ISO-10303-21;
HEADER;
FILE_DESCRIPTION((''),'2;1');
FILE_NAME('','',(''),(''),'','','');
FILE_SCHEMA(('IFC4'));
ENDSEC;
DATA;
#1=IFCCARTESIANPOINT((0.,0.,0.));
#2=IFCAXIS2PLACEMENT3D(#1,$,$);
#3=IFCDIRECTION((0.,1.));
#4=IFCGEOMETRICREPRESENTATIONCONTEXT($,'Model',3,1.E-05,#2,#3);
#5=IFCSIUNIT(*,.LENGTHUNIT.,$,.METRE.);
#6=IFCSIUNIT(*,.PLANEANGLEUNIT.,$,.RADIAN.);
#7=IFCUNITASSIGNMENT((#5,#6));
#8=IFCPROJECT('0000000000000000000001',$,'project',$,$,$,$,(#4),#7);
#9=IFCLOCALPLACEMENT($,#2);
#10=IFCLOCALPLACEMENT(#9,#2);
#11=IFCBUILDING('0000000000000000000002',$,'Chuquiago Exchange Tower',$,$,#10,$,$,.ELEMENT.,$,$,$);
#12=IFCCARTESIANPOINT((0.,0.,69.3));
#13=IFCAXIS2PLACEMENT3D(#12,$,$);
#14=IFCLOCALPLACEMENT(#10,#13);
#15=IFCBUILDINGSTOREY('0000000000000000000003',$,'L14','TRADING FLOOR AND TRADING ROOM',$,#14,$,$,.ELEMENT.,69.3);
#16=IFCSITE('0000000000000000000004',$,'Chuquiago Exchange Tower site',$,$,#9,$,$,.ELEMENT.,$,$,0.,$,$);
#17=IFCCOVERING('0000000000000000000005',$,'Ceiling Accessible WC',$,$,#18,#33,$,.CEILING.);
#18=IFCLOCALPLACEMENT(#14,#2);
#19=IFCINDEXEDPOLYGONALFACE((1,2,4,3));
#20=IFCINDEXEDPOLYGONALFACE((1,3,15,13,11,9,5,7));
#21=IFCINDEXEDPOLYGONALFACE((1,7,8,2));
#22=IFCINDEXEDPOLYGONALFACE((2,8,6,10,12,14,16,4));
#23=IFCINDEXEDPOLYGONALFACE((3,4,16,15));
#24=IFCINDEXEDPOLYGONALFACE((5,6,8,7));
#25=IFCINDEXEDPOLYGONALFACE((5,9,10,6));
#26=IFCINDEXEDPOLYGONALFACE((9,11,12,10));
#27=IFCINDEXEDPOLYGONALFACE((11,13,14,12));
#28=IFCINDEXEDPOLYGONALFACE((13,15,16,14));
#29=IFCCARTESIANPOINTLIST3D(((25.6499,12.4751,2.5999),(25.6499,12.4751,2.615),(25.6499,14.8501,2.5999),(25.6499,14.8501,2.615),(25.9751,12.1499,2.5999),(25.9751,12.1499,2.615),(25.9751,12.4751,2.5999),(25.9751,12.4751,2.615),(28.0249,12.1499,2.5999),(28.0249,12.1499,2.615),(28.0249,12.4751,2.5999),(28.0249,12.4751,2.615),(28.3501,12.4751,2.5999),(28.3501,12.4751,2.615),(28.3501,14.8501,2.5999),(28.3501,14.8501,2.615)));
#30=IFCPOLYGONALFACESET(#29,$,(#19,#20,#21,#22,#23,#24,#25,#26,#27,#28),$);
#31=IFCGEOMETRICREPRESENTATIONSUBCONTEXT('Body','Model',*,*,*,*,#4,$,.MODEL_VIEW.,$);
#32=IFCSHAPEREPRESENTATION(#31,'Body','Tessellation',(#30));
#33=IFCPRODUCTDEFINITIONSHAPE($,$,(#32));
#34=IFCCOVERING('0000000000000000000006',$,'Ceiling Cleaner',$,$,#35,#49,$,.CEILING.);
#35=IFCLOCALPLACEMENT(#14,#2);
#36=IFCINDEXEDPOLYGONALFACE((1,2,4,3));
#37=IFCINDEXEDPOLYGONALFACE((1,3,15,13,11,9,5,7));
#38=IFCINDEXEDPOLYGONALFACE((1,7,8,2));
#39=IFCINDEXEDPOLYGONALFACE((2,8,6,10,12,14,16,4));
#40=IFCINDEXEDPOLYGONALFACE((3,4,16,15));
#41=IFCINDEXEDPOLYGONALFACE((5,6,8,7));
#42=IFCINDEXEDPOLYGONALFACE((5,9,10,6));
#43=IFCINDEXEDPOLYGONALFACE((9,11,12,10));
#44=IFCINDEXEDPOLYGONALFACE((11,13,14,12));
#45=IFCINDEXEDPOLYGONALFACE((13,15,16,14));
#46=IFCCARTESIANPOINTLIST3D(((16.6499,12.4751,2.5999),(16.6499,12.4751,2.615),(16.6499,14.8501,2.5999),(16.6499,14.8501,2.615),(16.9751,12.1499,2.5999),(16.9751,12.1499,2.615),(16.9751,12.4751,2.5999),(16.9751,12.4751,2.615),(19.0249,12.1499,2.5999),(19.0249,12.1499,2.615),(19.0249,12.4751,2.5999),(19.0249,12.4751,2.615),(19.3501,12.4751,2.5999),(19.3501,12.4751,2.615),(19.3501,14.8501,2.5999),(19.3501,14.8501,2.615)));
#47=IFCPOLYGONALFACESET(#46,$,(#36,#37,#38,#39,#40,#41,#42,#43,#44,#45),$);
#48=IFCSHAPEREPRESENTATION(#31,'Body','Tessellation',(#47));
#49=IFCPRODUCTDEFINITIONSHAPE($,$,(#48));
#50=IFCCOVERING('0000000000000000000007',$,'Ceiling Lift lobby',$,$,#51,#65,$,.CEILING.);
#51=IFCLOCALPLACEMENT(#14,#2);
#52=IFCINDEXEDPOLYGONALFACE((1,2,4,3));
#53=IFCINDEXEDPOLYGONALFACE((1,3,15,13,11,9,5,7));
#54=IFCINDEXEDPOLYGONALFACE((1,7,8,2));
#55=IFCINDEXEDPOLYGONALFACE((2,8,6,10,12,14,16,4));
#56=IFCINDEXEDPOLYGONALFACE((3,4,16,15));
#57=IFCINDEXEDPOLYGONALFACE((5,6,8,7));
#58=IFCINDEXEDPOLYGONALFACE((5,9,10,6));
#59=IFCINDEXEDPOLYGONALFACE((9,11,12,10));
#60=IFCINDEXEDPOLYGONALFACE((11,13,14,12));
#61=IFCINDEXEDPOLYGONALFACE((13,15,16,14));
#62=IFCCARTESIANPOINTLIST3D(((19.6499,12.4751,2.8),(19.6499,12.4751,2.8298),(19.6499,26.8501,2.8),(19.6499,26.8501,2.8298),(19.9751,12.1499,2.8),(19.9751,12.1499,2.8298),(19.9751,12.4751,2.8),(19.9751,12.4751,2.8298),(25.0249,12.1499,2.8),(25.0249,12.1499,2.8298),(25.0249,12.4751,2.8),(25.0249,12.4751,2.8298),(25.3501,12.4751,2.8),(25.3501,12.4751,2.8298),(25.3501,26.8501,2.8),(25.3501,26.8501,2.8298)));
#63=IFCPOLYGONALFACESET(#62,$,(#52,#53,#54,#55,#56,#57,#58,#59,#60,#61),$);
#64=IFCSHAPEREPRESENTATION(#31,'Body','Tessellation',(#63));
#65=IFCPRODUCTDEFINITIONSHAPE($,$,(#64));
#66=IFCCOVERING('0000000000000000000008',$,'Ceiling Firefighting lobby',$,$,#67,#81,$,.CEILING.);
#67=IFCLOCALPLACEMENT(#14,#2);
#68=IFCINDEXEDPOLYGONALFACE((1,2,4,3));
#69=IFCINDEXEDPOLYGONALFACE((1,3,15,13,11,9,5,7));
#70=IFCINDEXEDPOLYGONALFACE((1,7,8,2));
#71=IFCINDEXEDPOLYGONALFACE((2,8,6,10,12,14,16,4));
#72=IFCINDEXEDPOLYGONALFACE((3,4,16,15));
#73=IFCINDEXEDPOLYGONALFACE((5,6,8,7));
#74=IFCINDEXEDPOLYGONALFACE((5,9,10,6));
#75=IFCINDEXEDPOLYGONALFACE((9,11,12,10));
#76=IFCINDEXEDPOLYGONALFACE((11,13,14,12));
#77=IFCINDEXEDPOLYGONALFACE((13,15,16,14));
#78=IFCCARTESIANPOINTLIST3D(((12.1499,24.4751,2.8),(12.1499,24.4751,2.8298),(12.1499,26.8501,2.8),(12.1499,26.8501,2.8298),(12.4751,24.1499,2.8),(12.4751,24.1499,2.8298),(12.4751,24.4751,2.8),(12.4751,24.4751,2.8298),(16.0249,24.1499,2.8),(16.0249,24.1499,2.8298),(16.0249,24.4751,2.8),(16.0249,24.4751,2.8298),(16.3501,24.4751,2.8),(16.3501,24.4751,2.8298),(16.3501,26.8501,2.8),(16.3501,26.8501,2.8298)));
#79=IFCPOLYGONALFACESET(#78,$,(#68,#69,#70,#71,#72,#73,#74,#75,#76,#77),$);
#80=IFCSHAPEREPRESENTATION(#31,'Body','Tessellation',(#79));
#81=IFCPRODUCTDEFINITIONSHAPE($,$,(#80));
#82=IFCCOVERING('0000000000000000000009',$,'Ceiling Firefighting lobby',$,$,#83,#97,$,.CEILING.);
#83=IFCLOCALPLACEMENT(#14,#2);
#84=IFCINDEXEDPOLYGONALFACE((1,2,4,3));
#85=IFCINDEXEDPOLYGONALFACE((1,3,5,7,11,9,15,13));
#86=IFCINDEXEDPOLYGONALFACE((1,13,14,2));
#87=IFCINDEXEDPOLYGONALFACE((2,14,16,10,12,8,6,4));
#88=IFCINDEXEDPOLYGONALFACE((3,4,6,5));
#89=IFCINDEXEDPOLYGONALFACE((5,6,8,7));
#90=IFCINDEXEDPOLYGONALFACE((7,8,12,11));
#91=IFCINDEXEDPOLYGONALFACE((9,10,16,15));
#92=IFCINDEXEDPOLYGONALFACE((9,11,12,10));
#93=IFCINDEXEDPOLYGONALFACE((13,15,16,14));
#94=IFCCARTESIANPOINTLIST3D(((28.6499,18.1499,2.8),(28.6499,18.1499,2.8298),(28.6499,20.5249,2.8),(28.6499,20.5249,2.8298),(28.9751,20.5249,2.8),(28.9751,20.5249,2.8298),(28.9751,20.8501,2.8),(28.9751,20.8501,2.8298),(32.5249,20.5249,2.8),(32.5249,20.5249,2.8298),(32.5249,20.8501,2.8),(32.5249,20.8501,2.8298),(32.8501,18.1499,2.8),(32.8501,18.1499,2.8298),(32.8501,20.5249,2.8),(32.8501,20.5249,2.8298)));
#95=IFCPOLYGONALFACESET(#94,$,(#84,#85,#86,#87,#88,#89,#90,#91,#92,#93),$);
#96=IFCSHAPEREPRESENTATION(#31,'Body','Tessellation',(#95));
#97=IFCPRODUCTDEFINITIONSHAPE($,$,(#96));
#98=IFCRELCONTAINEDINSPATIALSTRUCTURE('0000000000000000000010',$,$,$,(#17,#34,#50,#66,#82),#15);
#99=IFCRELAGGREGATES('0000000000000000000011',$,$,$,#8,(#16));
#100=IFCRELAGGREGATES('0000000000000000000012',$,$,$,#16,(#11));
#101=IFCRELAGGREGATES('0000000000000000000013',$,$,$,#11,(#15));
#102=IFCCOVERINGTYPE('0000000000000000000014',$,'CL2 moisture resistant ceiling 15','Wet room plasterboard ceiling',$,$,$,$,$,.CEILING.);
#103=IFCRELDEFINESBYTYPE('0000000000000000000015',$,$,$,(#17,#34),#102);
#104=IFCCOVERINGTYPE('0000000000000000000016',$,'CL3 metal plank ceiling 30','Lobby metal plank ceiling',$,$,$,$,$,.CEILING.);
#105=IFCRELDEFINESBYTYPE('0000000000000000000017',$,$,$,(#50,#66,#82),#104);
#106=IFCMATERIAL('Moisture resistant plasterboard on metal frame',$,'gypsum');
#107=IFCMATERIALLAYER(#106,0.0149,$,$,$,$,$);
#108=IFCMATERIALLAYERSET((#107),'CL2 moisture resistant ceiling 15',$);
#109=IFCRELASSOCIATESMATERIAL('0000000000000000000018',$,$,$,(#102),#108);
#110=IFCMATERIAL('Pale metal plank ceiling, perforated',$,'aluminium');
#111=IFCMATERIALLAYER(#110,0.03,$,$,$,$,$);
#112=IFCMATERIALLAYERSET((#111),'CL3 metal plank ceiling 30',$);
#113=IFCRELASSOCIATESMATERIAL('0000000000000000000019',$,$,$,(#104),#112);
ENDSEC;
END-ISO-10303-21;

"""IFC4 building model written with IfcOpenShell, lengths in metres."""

from ifc_helpers import new_model, si_unit, direction, frame, origin, place, context, subcontext, project, spatial, polyline, outline, extrude, material, layer, layer_set, type_object, element, save


model = new_model("IFC4")

# Units and contexts
model_context = context("Model", 3, precision=1e-05, world=origin(), true_north=direction((0.0, 1.0)))
body_context = subcontext(model_context, "Body", "Model", "MODEL_VIEW")
ifc_project = project(units=[si_unit("LENGTHUNIT", "METRE"), si_unit("PLANEANGLEUNIT", "RADIAN")], contexts=[model_context])

# Site, building, storey
site_placement = place(None, origin())
site = spatial("IfcSite", under=ifc_project, at=site_placement, Name="Chuquiago Exchange Tower site", CompositionType="ELEMENT", RefElevation=0.0)
building_placement = place(site_placement, origin())
building = spatial("IfcBuilding", under=site, at=building_placement, Name="Chuquiago Exchange Tower", CompositionType="ELEMENT")
storey_placement = place(building_placement, frame((0.0, 0.0, 69.3)))
storey = spatial("IfcBuildingStorey", under=building, at=storey_placement, Name="L14", Description="TRADING FLOOR AND TRADING ROOM", CompositionType="ELEMENT", Elevation=69.3)

# Coverings
ifc_material_1 = material(Name="Moisture resistant plasterboard on metal frame", Category="gypsum")
ifc_layer_1 = layer(ifc_material_1, 0.0149)
ifc_layer_set_1 = layer_set([ifc_layer_1], Name="CL2 moisture resistant ceiling 15")
covering_type_1 = type_object("IfcCoveringType", Name="CL2 moisture resistant ceiling 15", Description="Wet room plasterboard ceiling", PredefinedType="CEILING", material=ifc_layer_set_1)
covering_1_placement = place(storey_placement, frame((0.0, 0.0, 2.5999)))
element("IfcCovering", 1, at=covering_1_placement, inside=storey, type_object=covering_type_1, Name="Ceiling Accessible WC", PredefinedType="CEILING", context=body_context, shape_type="SweptSolid", body=[
    extrude(outline(polyline([(25.9751, 12.1499), (25.9751, 12.4751), (25.6499, 12.4751), (25.6499, 14.8501), (28.3501, 14.8501), (28.3501, 12.4751), (28.0249, 12.4751), (28.0249, 12.1499), (25.9751, 12.1499)])), origin(), (0.0, 0.0, 1.0), 0.0151),
])
covering_2_placement = place(storey_placement, frame((0.0, 0.0, 2.5999)))
element("IfcCovering", 2, at=covering_2_placement, inside=storey, type_object=covering_type_1, Name="Ceiling Cleaner", PredefinedType="CEILING", context=body_context, shape_type="SweptSolid", body=[
    extrude(outline(polyline([(16.9751, 12.1499), (16.9751, 12.4751), (16.6499, 12.4751), (16.6499, 14.8501), (19.3501, 14.8501), (19.3501, 12.4751), (19.0249, 12.4751), (19.0249, 12.1499), (16.9751, 12.1499)])), origin(), (0.0, 0.0, 1.0), 0.0151),
])
ifc_material_2 = material(Name="Pale metal plank ceiling, perforated", Category="aluminium")
ifc_layer_2 = layer(ifc_material_2, 0.03)
ifc_layer_set_2 = layer_set([ifc_layer_2], Name="CL3 metal plank ceiling 30")
covering_type_2 = type_object("IfcCoveringType", Name="CL3 metal plank ceiling 30", Description="Lobby metal plank ceiling", PredefinedType="CEILING", material=ifc_layer_set_2)
covering_3_placement = place(storey_placement, frame((0.0, 0.0, 2.8)))
element("IfcCovering", 3, at=covering_3_placement, inside=storey, type_object=covering_type_2, Name="Ceiling Lift lobby", PredefinedType="CEILING", context=body_context, shape_type="SweptSolid", body=[
    extrude(outline(polyline([(19.9751, 12.1499), (19.9751, 12.4751), (19.6499, 12.4751), (19.6499, 26.8501), (25.3501, 26.8501), (25.3501, 12.4751), (25.0249, 12.4751), (25.0249, 12.1499), (19.9751, 12.1499)])), origin(), (0.0, 0.0, 1.0), 0.0298),
])
covering_4_placement = place(storey_placement, frame((0.0, 0.0, 2.8)))
element("IfcCovering", 4, at=covering_4_placement, inside=storey, type_object=covering_type_2, Name="Ceiling Firefighting lobby", PredefinedType="CEILING", context=body_context, shape_type="SweptSolid", body=[
    extrude(outline(polyline([(12.4751, 24.1499), (12.4751, 24.4751), (12.1499, 24.4751), (12.1499, 26.8501), (16.3501, 26.8501), (16.3501, 24.4751), (16.0249, 24.4751), (16.0249, 24.1499), (12.4751, 24.1499)])), origin(), (0.0, 0.0, 1.0), 0.0298),
])
covering_5_placement = place(storey_placement, frame((0.0, 0.0, 2.8)))
element("IfcCovering", 5, at=covering_5_placement, inside=storey, type_object=covering_type_2, Name="Ceiling Firefighting lobby", PredefinedType="CEILING", context=body_context, shape_type="SweptSolid", body=[
    extrude(outline(polyline([(28.6499, 18.1499), (28.6499, 20.5249), (28.9751, 20.5249), (28.9751, 20.8501), (32.5249, 20.8501), (32.5249, 20.5249), (32.8501, 20.5249), (32.8501, 18.1499), (28.6499, 18.1499)])), origin(), (0.0, 0.0, 1.0), 0.0298),
])

save(model, "model.ifc")
